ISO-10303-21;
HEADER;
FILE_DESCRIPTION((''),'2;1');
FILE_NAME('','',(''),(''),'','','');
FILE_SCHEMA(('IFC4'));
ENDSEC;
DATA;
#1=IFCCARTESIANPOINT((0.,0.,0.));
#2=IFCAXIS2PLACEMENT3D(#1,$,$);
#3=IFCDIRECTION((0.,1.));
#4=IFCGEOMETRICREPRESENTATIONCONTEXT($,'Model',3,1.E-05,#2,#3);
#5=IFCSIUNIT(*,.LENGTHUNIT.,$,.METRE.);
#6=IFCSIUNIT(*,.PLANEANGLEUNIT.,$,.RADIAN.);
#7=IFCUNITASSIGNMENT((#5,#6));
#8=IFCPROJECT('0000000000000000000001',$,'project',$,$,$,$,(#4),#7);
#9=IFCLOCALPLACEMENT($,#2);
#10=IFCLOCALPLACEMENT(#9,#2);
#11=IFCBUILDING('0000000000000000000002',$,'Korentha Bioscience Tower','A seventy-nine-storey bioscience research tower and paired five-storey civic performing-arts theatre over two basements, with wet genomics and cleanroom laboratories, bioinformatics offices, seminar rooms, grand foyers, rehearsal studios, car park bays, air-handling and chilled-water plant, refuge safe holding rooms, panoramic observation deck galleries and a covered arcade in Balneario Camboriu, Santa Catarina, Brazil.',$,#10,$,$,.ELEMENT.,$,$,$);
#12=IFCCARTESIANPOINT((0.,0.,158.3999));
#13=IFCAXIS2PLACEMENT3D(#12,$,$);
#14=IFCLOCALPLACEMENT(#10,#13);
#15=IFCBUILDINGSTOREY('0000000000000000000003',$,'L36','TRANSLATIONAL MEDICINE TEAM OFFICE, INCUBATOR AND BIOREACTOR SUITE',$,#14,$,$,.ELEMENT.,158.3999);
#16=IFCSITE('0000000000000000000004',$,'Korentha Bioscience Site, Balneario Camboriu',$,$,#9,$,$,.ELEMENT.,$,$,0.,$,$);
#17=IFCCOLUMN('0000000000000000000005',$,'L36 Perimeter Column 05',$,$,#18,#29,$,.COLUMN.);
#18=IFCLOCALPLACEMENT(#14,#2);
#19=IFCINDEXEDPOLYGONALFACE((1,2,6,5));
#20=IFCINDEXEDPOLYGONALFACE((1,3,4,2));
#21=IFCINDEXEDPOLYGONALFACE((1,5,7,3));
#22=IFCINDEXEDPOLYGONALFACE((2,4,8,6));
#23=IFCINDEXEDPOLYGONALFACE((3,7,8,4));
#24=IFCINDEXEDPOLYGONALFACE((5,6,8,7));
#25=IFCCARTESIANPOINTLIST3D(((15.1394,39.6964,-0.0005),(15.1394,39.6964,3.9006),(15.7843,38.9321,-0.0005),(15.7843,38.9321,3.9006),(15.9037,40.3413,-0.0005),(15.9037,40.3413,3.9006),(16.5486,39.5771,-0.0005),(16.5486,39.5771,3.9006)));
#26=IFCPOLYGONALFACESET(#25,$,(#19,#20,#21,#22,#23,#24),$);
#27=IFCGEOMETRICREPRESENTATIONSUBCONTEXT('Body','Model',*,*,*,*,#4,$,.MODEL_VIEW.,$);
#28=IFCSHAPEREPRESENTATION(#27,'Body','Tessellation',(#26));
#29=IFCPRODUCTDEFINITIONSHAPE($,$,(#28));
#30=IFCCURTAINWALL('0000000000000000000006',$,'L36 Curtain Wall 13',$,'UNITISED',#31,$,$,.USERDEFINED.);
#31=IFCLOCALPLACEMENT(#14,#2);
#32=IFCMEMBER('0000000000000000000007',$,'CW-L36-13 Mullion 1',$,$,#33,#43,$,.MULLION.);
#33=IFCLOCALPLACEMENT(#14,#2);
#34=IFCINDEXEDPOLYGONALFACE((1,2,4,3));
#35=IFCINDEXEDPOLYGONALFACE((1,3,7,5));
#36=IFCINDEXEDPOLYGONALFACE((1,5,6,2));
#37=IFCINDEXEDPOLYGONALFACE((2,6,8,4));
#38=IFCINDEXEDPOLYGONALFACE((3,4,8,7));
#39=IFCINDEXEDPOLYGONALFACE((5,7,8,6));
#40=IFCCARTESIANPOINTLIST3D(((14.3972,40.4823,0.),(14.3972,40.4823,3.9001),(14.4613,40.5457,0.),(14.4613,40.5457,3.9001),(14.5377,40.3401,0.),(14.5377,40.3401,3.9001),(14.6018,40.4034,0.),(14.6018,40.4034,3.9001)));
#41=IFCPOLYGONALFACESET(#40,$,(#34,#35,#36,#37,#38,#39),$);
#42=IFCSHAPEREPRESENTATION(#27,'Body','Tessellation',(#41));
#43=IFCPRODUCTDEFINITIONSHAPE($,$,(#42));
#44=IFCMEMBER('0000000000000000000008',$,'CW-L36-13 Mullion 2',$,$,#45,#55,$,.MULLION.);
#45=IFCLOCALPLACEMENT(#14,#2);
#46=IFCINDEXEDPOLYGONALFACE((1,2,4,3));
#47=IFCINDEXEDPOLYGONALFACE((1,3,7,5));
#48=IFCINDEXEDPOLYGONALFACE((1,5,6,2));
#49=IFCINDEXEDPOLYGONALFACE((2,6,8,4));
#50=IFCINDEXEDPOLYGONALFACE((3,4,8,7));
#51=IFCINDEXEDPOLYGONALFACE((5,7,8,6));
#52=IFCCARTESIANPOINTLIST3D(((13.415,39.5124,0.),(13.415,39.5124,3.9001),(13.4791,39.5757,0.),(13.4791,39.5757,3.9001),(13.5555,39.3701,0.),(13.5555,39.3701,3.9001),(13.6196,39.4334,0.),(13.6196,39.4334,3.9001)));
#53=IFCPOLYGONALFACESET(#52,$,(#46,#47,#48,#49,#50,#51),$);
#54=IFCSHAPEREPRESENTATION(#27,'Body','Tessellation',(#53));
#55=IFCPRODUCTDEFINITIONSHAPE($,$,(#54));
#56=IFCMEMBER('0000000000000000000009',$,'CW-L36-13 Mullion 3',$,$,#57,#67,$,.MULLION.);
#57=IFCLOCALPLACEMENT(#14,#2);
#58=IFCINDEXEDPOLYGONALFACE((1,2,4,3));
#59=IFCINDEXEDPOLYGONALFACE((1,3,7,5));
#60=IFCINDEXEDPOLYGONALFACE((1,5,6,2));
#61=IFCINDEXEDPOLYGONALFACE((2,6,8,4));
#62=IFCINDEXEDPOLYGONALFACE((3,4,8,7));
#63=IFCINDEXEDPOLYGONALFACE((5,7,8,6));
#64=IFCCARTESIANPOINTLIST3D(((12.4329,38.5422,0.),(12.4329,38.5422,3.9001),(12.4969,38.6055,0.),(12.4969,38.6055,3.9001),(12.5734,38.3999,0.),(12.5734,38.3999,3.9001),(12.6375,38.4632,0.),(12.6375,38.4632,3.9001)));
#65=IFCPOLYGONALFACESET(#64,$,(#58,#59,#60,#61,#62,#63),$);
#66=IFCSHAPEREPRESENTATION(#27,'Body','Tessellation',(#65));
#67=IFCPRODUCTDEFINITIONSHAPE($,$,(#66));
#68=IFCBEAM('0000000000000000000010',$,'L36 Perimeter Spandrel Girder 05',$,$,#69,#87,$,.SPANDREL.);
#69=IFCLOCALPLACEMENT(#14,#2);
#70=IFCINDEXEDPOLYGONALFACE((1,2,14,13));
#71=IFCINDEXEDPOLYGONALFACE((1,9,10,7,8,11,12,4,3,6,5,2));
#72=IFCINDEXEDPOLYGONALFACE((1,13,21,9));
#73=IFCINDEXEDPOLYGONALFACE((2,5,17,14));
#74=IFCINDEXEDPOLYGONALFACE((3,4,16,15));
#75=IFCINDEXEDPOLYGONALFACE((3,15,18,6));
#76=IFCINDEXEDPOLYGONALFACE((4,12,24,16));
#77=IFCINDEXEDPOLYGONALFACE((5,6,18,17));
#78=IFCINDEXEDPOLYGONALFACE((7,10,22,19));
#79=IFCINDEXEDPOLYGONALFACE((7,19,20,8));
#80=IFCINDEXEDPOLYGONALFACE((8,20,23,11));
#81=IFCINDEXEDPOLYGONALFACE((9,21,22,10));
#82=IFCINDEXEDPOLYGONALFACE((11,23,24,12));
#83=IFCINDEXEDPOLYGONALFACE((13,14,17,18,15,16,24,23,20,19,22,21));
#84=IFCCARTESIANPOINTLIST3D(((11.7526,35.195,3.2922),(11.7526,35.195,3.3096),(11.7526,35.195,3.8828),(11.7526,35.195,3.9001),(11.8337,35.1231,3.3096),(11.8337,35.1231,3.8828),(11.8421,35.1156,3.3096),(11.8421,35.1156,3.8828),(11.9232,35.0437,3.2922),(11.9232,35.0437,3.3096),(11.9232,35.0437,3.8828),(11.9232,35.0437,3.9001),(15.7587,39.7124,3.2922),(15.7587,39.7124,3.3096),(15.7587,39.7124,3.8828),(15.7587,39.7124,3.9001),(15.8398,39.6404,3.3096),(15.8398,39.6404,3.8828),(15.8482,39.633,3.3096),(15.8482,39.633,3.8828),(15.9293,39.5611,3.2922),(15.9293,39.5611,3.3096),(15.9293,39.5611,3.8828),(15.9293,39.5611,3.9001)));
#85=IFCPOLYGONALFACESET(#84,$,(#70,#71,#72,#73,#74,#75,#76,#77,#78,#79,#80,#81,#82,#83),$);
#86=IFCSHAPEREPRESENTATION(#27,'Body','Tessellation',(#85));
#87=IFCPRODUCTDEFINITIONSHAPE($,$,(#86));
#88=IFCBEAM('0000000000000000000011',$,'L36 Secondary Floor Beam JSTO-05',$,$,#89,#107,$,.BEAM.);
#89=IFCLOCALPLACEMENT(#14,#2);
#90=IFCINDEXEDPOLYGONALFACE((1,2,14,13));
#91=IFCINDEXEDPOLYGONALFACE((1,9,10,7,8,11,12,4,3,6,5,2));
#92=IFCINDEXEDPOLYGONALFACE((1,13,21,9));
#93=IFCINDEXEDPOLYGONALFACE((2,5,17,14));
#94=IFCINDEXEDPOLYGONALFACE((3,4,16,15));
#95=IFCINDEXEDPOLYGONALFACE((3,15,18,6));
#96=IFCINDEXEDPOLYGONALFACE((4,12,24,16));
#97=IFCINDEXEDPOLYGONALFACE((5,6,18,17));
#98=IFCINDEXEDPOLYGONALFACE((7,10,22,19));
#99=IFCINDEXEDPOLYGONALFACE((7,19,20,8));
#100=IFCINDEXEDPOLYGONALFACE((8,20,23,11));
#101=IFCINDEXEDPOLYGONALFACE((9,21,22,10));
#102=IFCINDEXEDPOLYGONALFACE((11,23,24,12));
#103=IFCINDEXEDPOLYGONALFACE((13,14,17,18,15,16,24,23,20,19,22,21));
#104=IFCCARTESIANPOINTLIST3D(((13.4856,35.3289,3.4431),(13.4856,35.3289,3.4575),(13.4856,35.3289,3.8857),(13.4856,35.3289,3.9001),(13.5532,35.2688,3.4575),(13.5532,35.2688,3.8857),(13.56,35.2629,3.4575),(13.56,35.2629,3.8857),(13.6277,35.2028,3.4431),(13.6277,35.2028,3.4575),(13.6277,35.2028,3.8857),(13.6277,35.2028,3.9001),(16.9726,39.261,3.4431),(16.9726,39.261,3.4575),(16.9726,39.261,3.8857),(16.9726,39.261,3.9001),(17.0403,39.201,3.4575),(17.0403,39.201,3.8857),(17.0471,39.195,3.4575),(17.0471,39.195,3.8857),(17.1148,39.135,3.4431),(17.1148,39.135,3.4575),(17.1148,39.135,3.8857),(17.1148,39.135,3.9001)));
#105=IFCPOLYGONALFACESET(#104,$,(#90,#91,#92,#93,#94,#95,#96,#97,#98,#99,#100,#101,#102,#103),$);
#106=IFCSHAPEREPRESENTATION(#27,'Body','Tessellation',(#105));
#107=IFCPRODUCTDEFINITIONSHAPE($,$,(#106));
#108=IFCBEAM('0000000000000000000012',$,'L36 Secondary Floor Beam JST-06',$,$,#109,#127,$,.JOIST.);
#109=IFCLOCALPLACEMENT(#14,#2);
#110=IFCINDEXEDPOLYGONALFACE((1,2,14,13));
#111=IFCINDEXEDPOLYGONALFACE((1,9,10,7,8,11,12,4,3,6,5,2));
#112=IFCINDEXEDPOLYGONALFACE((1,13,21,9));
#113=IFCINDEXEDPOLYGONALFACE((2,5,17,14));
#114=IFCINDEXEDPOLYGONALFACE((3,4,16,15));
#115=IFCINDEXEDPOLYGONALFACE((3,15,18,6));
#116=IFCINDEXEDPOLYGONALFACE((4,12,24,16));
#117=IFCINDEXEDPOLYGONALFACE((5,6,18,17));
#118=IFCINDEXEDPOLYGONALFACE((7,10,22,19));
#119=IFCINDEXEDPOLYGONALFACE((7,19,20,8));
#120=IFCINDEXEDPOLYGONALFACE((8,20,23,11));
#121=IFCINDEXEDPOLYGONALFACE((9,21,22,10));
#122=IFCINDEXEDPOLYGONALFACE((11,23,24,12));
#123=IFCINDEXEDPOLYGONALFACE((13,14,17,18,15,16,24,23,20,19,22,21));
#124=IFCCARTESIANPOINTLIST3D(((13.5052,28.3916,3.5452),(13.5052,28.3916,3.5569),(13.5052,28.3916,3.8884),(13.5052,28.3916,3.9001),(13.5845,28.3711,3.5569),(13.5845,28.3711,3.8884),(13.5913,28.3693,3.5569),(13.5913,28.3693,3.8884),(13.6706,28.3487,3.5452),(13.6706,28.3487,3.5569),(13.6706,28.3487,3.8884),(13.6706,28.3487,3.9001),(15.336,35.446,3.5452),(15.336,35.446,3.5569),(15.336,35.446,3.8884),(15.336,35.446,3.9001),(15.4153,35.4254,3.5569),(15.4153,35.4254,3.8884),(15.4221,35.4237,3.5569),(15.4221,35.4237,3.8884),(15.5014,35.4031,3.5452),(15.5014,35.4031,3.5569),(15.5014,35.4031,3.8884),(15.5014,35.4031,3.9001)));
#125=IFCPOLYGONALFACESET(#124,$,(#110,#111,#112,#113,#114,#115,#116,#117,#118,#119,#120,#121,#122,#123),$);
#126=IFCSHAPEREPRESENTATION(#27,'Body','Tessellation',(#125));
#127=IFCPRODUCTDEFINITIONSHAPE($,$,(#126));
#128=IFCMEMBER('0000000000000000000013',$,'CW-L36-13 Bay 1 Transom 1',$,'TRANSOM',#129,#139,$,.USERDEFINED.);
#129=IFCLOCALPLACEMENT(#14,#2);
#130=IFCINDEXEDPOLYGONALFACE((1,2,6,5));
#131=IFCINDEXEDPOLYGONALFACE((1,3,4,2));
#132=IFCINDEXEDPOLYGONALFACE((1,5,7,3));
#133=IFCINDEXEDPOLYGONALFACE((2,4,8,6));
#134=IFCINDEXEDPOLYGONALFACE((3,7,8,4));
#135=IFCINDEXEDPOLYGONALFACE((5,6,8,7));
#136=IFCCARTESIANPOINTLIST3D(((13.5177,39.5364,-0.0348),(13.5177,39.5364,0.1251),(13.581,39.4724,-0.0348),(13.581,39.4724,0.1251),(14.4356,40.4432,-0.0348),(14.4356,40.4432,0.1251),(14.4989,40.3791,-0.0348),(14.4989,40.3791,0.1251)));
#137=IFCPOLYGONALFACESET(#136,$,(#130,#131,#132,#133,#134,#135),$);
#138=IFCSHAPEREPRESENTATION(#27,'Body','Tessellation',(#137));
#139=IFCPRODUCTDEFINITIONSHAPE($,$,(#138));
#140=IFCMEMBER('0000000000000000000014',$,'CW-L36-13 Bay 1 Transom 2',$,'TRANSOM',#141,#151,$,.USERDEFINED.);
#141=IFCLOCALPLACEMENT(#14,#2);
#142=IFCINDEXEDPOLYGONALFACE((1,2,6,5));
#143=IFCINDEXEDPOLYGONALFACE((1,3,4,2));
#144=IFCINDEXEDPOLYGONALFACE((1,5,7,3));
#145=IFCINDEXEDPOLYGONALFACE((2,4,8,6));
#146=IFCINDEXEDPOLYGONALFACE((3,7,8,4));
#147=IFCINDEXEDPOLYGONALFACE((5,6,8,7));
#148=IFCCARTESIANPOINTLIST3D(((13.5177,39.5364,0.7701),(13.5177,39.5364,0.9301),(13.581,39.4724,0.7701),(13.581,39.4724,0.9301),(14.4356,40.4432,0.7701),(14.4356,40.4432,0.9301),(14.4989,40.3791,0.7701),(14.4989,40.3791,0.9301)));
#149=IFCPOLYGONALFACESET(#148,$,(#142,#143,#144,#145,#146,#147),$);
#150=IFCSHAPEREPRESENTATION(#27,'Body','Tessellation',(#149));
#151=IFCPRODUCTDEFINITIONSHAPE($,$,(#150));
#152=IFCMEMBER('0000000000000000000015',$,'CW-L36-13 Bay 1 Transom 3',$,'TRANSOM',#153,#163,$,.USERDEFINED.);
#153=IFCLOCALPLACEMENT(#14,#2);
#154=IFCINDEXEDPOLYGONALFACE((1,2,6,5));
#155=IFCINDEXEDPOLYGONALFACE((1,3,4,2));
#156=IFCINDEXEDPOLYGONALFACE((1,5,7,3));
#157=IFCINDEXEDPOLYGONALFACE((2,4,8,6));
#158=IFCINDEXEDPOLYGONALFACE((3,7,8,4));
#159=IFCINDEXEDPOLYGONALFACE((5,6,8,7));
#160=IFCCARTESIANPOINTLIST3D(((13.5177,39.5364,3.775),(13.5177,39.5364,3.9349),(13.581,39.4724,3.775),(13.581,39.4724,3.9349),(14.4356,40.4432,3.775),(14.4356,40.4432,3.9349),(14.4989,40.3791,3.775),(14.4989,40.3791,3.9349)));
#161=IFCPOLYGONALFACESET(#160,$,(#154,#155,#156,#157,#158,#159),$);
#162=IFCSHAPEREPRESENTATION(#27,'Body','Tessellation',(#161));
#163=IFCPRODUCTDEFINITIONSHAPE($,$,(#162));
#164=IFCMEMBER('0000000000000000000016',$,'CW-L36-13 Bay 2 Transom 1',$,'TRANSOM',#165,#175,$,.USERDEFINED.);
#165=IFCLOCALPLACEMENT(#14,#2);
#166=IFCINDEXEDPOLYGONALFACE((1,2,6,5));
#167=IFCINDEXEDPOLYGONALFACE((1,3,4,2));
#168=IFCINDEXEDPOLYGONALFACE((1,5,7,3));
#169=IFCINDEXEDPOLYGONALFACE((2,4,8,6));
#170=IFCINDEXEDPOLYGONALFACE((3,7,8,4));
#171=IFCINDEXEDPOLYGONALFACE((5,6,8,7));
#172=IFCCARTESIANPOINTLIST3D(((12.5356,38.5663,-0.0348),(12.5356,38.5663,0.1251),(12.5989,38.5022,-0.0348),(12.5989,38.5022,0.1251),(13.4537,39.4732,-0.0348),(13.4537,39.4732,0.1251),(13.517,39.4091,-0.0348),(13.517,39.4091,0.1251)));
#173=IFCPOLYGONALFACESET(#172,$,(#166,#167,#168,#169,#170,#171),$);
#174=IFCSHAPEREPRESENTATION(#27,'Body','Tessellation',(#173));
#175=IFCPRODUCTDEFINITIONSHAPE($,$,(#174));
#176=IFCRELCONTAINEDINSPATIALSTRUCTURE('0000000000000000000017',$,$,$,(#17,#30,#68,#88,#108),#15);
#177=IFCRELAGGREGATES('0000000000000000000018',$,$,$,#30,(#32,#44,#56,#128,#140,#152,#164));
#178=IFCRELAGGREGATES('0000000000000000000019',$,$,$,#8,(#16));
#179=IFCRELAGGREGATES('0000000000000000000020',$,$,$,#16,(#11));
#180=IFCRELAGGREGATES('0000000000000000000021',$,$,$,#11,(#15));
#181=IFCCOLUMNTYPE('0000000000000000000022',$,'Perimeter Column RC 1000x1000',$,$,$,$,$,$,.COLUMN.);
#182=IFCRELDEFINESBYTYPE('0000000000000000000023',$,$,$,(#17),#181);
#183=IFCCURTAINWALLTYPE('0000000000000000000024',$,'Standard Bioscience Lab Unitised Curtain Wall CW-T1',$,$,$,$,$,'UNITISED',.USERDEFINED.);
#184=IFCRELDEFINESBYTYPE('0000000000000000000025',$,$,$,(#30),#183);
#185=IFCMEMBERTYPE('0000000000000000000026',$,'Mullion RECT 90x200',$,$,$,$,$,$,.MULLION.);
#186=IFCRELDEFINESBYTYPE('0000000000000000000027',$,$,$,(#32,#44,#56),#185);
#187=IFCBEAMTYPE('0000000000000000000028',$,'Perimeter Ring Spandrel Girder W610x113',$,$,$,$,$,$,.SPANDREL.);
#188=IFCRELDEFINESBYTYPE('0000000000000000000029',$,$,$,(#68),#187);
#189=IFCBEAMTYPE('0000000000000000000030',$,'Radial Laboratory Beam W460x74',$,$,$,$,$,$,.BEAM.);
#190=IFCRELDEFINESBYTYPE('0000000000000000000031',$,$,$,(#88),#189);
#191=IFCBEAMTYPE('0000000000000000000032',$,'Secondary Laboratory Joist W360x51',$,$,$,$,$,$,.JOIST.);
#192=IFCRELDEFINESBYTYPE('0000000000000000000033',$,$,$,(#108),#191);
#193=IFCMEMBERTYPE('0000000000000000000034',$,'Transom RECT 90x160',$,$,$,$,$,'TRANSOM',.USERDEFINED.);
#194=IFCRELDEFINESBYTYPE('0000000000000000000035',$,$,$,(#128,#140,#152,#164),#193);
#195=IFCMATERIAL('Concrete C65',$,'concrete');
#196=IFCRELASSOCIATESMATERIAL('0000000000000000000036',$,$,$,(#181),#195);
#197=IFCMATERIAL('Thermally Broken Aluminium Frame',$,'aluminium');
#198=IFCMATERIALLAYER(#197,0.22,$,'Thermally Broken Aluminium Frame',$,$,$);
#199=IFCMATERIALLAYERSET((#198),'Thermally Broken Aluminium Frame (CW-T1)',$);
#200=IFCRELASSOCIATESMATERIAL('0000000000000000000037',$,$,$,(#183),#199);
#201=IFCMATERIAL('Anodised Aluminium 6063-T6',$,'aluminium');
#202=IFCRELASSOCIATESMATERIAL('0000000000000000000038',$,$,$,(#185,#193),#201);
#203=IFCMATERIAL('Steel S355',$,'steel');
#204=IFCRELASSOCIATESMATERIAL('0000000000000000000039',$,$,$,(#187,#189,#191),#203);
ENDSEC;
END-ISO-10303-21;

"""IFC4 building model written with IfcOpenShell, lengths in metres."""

from ifc_helpers import new_model, si_unit, direction, frame, origin, origin_2d, place, context, subcontext, project, spatial, rectangle, i_section, extrude, material, layer, layer_set, material_profile, profile_set, type_object, element, aggregate, save


model = new_model("IFC4")

# Units and contexts
model_context = context("Model", 3, precision=1e-05, world=origin(), true_north=direction((0.0, 1.0)))
body_context = subcontext(model_context, "Body", "Model", "MODEL_VIEW")
ifc_project = project(units=[si_unit("LENGTHUNIT", "METRE"), si_unit("PLANEANGLEUNIT", "RADIAN")], contexts=[model_context])

# Site, building, storey
site_placement = place(None, origin())
site = spatial("IfcSite", under=ifc_project, at=site_placement, Name="Korentha Bioscience Site, Balneario Camboriu", CompositionType="ELEMENT", RefElevation=0.0)
building_placement = place(site_placement, origin())
building = spatial("IfcBuilding", under=site, at=building_placement, Name="Korentha Bioscience Tower", Description="A seventy-nine-storey bioscience research tower and paired five-storey civic performing-arts theatre over two basements, with wet genomics and cleanroom laboratories, bioinformatics offices, seminar rooms, grand foyers, rehearsal studios, car park bays, air-handling and chilled-water plant, refuge safe holding rooms, panoramic observation deck galleries and a covered arcade in Balneario Camboriu, Santa Catarina, Brazil.", CompositionType="ELEMENT")
storey_placement = place(building_placement, frame((0.0, 0.0, 158.3999)))
storey = spatial("IfcBuildingStorey", under=building, at=storey_placement, Name="L36", Description="TRANSLATIONAL MEDICINE TEAM OFFICE, INCUBATOR AND BIOREACTOR SUITE", CompositionType="ELEMENT", Elevation=158.3999)

# Column
ifc_material_1 = material(Name="Concrete C65", Category="concrete")
ifc_material_profile_1 = material_profile(ifc_material_1, rectangle(XDim=1.0, YDim=1.0, at=origin_2d()), Name="Concrete C65")
ifc_profile_set_1 = profile_set([ifc_material_profile_1], Name="Concrete C65 (COL-P10)")
column_type = type_object("IfcColumnType", Name="Perimeter Column RC 1000x1000", PredefinedType="COLUMN", material=ifc_profile_set_1)
column_placement = place(storey_placement, frame((15.844, 39.6367, -0.0005), z_axis=(0.0, 0.0, 1.0), x_axis=(0.764246, 0.644924, 0.0)))
element("IfcColumn", 1, at=column_placement, inside=storey, type_object=column_type, Name="L36 Perimeter Column 05", PredefinedType="COLUMN", context=body_context, shape_type="SweptSolid", body=[
    extrude(rectangle(XDim=1.0, YDim=1.0, at=origin_2d()), origin(), (0.0, 0.0, 1.0), 3.9011),
])

# Curtain wall, members
ifc_material_2 = material(Name="Thermally Broken Aluminium Frame", Category="aluminium")
ifc_layer_1 = layer(ifc_material_2, 0.22, Name="Thermally Broken Aluminium Frame")
ifc_layer_set_1 = layer_set([ifc_layer_1], Name="Thermally Broken Aluminium Frame (CW-T1)")
curtain_wall_type = type_object("IfcCurtainWallType", Name="Standard Bioscience Lab Unitised Curtain Wall CW-T1", ElementType="UNITISED", PredefinedType="USERDEFINED", material=ifc_layer_set_1)
curtain_wall_placement = place(storey_placement, origin())
curtain_wall = element("IfcCurtainWall", 2, at=curtain_wall_placement, inside=storey, type_object=curtain_wall_type, Name="L36 Curtain Wall 13", ObjectType="UNITISED", PredefinedType="USERDEFINED")
ifc_material_3 = material(Name="Anodised Aluminium 6063-T6", Category="aluminium")
ifc_material_profile_2 = material_profile(ifc_material_3, rectangle(XDim=0.0901, YDim=0.2, at=origin_2d()), Name="Anodised Aluminium 6063-T6")
ifc_profile_set_2 = profile_set([ifc_material_profile_2], Name="Anodised Aluminium 6063-T6 (CW-MUL)")
member_type_1 = type_object("IfcMemberType", Name="Mullion RECT 90x200", PredefinedType="MULLION", material=ifc_profile_set_2)
member_1_placement = place(storey_placement, frame((14.4995, 40.4429, 0.0), z_axis=(0.0, 0.0, 1.0), x_axis=(-0.711461, -0.702726, 0.0)))
member_1 = element("IfcMember", 3, at=member_1_placement, type_object=member_type_1, Name="CW-L36-13 Mullion 1", PredefinedType="MULLION", context=body_context, shape_type="SweptSolid", body=[
    extrude(rectangle(XDim=0.0901, YDim=0.2, at=origin_2d()), origin(), (0.0, 0.0, 1.0), 3.9001),
])
member_2_placement = place(storey_placement, frame((13.5173, 39.4729, 0.0), z_axis=(0.0, 0.0, 1.0), x_axis=(-0.711461, -0.702726, 0.0)))
member_2 = element("IfcMember", 4, at=member_2_placement, type_object=member_type_1, Name="CW-L36-13 Mullion 2", PredefinedType="MULLION", context=body_context, shape_type="SweptSolid", body=[
    extrude(rectangle(XDim=0.0901, YDim=0.2, at=origin_2d()), origin(), (0.0, 0.0, 1.0), 3.9001),
])
member_3_placement = place(storey_placement, frame((12.5352, 38.5027, 0.0), z_axis=(0.0, 0.0, 1.0), x_axis=(-0.711461, -0.702726, 0.0)))
member_3 = element("IfcMember", 5, at=member_3_placement, type_object=member_type_1, Name="CW-L36-13 Mullion 3", PredefinedType="MULLION", context=body_context, shape_type="SweptSolid", body=[
    extrude(rectangle(XDim=0.0901, YDim=0.2, at=origin_2d()), origin(), (0.0, 0.0, 1.0), 3.9001),
])

# Beams
ifc_material_4 = material(Name="Steel S355", Category="steel")
ifc_material_profile_3 = material_profile(ifc_material_4, i_section(OverallWidth=0.228, OverallDepth=0.6079, WebThickness=0.0112, FlangeThickness=0.0173, at=origin_2d()), Name="Steel S355")
ifc_profile_set_3 = profile_set([ifc_material_profile_3], Name="Steel S355 (SB-610)")
beam_type_1 = type_object("IfcBeamType", Name="Perimeter Ring Spandrel Girder W610x113", PredefinedType="SPANDREL", material=ifc_profile_set_3)
beam_1_placement = place(storey_placement, frame((15.844, 39.6367, 3.5962), z_axis=(-0.663503, -0.748174, 0.0), x_axis=(0.748174, -0.663503, 0.0)))
element("IfcBeam", 6, at=beam_1_placement, inside=storey, type_object=beam_type_1, Name="L36 Perimeter Spandrel Girder 05", PredefinedType="SPANDREL", context=body_context, shape_type="SweptSolid", body=[
    extrude(i_section(OverallWidth=0.228, OverallDepth=0.6079, WebThickness=0.0112, FlangeThickness=0.0173, at=origin_2d()), origin(), (0.0, 0.0, 1.0), 6.0378),
])
ifc_material_profile_4 = material_profile(ifc_material_4, i_section(OverallWidth=0.1899, OverallDepth=0.457, WebThickness=0.009, FlangeThickness=0.0144, at=origin_2d()), Name="Steel S355")
ifc_profile_set_4 = profile_set([ifc_material_profile_4], Name="Steel S355 (RB-460)")
beam_type_2 = type_object("IfcBeamType", Name="Radial Laboratory Beam W460x74", PredefinedType="BEAM", material=ifc_profile_set_4)
beam_2_placement = place(storey_placement, frame((17.0437, 39.198, 3.6716), z_axis=(-0.663496, -0.74818, 0.0), x_axis=(0.74818, -0.663496, 0.0)))
element("IfcBeam", 7, at=beam_2_placement, inside=storey, type_object=beam_type_2, Name="L36 Secondary Floor Beam JSTO-05", PredefinedType="BEAM", context=body_context, shape_type="SweptSolid", body=[
    extrude(i_section(OverallWidth=0.1899, OverallDepth=0.457, WebThickness=0.009, FlangeThickness=0.0144, at=origin_2d()), origin(), (0.0, 0.0, 1.0), 5.2556),
])
ifc_material_profile_5 = material_profile(ifc_material_4, i_section(OverallWidth=0.1709, OverallDepth=0.355, WebThickness=0.0071, FlangeThickness=0.0117, at=origin_2d()), Name="Steel S355")
ifc_profile_set_5 = profile_set([ifc_material_profile_5], Name="Steel S355 (JB-360)")
beam_type_3 = type_object("IfcBeamType", Name="Secondary Laboratory Joist W360x51", PredefinedType="JOIST", material=ifc_profile_set_5)
beam_3_placement = place(storey_placement, frame((15.4187, 35.4246, 3.7227), z_axis=(-0.251204, -0.967934, 0.0), x_axis=(0.967934, -0.251204, 0.0)))
element("IfcBeam", 8, at=beam_3_placement, inside=storey, type_object=beam_type_3, Name="L36 Secondary Floor Beam JST-06", PredefinedType="JOIST", context=body_context, shape_type="SweptSolid", body=[
    extrude(i_section(OverallWidth=0.1709, OverallDepth=0.355, WebThickness=0.0071, FlangeThickness=0.0117, at=origin_2d()), origin(), (0.0, 0.0, 1.0), 7.2881),
])

# Members
ifc_material_profile_6 = material_profile(ifc_material_3, rectangle(XDim=0.0901, YDim=0.1599, at=origin_2d()), Name="Anodised Aluminium 6063-T6")
ifc_profile_set_6 = profile_set([ifc_material_profile_6], Name="Anodised Aluminium 6063-T6 (CW-TRN)")
member_type_2 = type_object("IfcMemberType", Name="Transom RECT 90x160", ElementType="TRANSOM", PredefinedType="USERDEFINED", material=ifc_profile_set_6)
member_4_placement = place(storey_placement, frame((14.4673, 40.4111, 0.0452), z_axis=(-0.711445, -0.702741, 0.0), x_axis=(0.702741, -0.711445, 0.0)))
member_4 = element("IfcMember", 9, at=member_4_placement, type_object=member_type_2, Name="CW-L36-13 Bay 1 Transom 1", ObjectType="TRANSOM", PredefinedType="USERDEFINED", context=body_context, shape_type="SweptSolid", body=[
    extrude(rectangle(XDim=0.0901, YDim=0.1599, at=origin_2d()), origin(), (0.0, 0.0, 1.0), 1.2903),
])
member_5_placement = place(storey_placement, frame((14.4673, 40.4111, 0.8501), z_axis=(-0.711445, -0.702741, 0.0), x_axis=(0.702741, -0.711445, 0.0)))
member_5 = element("IfcMember", 10, at=member_5_placement, type_object=member_type_2, Name="CW-L36-13 Bay 1 Transom 2", ObjectType="TRANSOM", PredefinedType="USERDEFINED", context=body_context, shape_type="SweptSolid", body=[
    extrude(rectangle(XDim=0.0901, YDim=0.1599, at=origin_2d()), origin(), (0.0, 0.0, 1.0), 1.2903),
])
member_6_placement = place(storey_placement, frame((14.4673, 40.4111, 3.855), z_axis=(-0.711445, -0.702741, 0.0), x_axis=(0.702741, -0.711445, 0.0)))
member_6 = element("IfcMember", 11, at=member_6_placement, type_object=member_type_2, Name="CW-L36-13 Bay 1 Transom 3", ObjectType="TRANSOM", PredefinedType="USERDEFINED", context=body_context, shape_type="SweptSolid", body=[
    extrude(rectangle(XDim=0.0901, YDim=0.1599, at=origin_2d()), origin(), (0.0, 0.0, 1.0), 1.2903),
])
member_7_placement = place(storey_placement, frame((13.4854, 39.4412, 0.0452), z_axis=(-0.711444, -0.702743, 0.0), x_axis=(0.702743, -0.711444, 0.0)))
member_7 = element("IfcMember", 12, at=member_7_placement, type_object=member_type_2, Name="CW-L36-13 Bay 2 Transom 1", ObjectType="TRANSOM", PredefinedType="USERDEFINED", context=body_context, shape_type="SweptSolid", body=[
    extrude(rectangle(XDim=0.0901, YDim=0.1599, at=origin_2d()), origin(), (0.0, 0.0, 1.0), 1.2905),
])

aggregate(curtain_wall, [member_1, member_2, member_3, member_4, member_5, member_6, member_7])

save(model, "model.ifc")
